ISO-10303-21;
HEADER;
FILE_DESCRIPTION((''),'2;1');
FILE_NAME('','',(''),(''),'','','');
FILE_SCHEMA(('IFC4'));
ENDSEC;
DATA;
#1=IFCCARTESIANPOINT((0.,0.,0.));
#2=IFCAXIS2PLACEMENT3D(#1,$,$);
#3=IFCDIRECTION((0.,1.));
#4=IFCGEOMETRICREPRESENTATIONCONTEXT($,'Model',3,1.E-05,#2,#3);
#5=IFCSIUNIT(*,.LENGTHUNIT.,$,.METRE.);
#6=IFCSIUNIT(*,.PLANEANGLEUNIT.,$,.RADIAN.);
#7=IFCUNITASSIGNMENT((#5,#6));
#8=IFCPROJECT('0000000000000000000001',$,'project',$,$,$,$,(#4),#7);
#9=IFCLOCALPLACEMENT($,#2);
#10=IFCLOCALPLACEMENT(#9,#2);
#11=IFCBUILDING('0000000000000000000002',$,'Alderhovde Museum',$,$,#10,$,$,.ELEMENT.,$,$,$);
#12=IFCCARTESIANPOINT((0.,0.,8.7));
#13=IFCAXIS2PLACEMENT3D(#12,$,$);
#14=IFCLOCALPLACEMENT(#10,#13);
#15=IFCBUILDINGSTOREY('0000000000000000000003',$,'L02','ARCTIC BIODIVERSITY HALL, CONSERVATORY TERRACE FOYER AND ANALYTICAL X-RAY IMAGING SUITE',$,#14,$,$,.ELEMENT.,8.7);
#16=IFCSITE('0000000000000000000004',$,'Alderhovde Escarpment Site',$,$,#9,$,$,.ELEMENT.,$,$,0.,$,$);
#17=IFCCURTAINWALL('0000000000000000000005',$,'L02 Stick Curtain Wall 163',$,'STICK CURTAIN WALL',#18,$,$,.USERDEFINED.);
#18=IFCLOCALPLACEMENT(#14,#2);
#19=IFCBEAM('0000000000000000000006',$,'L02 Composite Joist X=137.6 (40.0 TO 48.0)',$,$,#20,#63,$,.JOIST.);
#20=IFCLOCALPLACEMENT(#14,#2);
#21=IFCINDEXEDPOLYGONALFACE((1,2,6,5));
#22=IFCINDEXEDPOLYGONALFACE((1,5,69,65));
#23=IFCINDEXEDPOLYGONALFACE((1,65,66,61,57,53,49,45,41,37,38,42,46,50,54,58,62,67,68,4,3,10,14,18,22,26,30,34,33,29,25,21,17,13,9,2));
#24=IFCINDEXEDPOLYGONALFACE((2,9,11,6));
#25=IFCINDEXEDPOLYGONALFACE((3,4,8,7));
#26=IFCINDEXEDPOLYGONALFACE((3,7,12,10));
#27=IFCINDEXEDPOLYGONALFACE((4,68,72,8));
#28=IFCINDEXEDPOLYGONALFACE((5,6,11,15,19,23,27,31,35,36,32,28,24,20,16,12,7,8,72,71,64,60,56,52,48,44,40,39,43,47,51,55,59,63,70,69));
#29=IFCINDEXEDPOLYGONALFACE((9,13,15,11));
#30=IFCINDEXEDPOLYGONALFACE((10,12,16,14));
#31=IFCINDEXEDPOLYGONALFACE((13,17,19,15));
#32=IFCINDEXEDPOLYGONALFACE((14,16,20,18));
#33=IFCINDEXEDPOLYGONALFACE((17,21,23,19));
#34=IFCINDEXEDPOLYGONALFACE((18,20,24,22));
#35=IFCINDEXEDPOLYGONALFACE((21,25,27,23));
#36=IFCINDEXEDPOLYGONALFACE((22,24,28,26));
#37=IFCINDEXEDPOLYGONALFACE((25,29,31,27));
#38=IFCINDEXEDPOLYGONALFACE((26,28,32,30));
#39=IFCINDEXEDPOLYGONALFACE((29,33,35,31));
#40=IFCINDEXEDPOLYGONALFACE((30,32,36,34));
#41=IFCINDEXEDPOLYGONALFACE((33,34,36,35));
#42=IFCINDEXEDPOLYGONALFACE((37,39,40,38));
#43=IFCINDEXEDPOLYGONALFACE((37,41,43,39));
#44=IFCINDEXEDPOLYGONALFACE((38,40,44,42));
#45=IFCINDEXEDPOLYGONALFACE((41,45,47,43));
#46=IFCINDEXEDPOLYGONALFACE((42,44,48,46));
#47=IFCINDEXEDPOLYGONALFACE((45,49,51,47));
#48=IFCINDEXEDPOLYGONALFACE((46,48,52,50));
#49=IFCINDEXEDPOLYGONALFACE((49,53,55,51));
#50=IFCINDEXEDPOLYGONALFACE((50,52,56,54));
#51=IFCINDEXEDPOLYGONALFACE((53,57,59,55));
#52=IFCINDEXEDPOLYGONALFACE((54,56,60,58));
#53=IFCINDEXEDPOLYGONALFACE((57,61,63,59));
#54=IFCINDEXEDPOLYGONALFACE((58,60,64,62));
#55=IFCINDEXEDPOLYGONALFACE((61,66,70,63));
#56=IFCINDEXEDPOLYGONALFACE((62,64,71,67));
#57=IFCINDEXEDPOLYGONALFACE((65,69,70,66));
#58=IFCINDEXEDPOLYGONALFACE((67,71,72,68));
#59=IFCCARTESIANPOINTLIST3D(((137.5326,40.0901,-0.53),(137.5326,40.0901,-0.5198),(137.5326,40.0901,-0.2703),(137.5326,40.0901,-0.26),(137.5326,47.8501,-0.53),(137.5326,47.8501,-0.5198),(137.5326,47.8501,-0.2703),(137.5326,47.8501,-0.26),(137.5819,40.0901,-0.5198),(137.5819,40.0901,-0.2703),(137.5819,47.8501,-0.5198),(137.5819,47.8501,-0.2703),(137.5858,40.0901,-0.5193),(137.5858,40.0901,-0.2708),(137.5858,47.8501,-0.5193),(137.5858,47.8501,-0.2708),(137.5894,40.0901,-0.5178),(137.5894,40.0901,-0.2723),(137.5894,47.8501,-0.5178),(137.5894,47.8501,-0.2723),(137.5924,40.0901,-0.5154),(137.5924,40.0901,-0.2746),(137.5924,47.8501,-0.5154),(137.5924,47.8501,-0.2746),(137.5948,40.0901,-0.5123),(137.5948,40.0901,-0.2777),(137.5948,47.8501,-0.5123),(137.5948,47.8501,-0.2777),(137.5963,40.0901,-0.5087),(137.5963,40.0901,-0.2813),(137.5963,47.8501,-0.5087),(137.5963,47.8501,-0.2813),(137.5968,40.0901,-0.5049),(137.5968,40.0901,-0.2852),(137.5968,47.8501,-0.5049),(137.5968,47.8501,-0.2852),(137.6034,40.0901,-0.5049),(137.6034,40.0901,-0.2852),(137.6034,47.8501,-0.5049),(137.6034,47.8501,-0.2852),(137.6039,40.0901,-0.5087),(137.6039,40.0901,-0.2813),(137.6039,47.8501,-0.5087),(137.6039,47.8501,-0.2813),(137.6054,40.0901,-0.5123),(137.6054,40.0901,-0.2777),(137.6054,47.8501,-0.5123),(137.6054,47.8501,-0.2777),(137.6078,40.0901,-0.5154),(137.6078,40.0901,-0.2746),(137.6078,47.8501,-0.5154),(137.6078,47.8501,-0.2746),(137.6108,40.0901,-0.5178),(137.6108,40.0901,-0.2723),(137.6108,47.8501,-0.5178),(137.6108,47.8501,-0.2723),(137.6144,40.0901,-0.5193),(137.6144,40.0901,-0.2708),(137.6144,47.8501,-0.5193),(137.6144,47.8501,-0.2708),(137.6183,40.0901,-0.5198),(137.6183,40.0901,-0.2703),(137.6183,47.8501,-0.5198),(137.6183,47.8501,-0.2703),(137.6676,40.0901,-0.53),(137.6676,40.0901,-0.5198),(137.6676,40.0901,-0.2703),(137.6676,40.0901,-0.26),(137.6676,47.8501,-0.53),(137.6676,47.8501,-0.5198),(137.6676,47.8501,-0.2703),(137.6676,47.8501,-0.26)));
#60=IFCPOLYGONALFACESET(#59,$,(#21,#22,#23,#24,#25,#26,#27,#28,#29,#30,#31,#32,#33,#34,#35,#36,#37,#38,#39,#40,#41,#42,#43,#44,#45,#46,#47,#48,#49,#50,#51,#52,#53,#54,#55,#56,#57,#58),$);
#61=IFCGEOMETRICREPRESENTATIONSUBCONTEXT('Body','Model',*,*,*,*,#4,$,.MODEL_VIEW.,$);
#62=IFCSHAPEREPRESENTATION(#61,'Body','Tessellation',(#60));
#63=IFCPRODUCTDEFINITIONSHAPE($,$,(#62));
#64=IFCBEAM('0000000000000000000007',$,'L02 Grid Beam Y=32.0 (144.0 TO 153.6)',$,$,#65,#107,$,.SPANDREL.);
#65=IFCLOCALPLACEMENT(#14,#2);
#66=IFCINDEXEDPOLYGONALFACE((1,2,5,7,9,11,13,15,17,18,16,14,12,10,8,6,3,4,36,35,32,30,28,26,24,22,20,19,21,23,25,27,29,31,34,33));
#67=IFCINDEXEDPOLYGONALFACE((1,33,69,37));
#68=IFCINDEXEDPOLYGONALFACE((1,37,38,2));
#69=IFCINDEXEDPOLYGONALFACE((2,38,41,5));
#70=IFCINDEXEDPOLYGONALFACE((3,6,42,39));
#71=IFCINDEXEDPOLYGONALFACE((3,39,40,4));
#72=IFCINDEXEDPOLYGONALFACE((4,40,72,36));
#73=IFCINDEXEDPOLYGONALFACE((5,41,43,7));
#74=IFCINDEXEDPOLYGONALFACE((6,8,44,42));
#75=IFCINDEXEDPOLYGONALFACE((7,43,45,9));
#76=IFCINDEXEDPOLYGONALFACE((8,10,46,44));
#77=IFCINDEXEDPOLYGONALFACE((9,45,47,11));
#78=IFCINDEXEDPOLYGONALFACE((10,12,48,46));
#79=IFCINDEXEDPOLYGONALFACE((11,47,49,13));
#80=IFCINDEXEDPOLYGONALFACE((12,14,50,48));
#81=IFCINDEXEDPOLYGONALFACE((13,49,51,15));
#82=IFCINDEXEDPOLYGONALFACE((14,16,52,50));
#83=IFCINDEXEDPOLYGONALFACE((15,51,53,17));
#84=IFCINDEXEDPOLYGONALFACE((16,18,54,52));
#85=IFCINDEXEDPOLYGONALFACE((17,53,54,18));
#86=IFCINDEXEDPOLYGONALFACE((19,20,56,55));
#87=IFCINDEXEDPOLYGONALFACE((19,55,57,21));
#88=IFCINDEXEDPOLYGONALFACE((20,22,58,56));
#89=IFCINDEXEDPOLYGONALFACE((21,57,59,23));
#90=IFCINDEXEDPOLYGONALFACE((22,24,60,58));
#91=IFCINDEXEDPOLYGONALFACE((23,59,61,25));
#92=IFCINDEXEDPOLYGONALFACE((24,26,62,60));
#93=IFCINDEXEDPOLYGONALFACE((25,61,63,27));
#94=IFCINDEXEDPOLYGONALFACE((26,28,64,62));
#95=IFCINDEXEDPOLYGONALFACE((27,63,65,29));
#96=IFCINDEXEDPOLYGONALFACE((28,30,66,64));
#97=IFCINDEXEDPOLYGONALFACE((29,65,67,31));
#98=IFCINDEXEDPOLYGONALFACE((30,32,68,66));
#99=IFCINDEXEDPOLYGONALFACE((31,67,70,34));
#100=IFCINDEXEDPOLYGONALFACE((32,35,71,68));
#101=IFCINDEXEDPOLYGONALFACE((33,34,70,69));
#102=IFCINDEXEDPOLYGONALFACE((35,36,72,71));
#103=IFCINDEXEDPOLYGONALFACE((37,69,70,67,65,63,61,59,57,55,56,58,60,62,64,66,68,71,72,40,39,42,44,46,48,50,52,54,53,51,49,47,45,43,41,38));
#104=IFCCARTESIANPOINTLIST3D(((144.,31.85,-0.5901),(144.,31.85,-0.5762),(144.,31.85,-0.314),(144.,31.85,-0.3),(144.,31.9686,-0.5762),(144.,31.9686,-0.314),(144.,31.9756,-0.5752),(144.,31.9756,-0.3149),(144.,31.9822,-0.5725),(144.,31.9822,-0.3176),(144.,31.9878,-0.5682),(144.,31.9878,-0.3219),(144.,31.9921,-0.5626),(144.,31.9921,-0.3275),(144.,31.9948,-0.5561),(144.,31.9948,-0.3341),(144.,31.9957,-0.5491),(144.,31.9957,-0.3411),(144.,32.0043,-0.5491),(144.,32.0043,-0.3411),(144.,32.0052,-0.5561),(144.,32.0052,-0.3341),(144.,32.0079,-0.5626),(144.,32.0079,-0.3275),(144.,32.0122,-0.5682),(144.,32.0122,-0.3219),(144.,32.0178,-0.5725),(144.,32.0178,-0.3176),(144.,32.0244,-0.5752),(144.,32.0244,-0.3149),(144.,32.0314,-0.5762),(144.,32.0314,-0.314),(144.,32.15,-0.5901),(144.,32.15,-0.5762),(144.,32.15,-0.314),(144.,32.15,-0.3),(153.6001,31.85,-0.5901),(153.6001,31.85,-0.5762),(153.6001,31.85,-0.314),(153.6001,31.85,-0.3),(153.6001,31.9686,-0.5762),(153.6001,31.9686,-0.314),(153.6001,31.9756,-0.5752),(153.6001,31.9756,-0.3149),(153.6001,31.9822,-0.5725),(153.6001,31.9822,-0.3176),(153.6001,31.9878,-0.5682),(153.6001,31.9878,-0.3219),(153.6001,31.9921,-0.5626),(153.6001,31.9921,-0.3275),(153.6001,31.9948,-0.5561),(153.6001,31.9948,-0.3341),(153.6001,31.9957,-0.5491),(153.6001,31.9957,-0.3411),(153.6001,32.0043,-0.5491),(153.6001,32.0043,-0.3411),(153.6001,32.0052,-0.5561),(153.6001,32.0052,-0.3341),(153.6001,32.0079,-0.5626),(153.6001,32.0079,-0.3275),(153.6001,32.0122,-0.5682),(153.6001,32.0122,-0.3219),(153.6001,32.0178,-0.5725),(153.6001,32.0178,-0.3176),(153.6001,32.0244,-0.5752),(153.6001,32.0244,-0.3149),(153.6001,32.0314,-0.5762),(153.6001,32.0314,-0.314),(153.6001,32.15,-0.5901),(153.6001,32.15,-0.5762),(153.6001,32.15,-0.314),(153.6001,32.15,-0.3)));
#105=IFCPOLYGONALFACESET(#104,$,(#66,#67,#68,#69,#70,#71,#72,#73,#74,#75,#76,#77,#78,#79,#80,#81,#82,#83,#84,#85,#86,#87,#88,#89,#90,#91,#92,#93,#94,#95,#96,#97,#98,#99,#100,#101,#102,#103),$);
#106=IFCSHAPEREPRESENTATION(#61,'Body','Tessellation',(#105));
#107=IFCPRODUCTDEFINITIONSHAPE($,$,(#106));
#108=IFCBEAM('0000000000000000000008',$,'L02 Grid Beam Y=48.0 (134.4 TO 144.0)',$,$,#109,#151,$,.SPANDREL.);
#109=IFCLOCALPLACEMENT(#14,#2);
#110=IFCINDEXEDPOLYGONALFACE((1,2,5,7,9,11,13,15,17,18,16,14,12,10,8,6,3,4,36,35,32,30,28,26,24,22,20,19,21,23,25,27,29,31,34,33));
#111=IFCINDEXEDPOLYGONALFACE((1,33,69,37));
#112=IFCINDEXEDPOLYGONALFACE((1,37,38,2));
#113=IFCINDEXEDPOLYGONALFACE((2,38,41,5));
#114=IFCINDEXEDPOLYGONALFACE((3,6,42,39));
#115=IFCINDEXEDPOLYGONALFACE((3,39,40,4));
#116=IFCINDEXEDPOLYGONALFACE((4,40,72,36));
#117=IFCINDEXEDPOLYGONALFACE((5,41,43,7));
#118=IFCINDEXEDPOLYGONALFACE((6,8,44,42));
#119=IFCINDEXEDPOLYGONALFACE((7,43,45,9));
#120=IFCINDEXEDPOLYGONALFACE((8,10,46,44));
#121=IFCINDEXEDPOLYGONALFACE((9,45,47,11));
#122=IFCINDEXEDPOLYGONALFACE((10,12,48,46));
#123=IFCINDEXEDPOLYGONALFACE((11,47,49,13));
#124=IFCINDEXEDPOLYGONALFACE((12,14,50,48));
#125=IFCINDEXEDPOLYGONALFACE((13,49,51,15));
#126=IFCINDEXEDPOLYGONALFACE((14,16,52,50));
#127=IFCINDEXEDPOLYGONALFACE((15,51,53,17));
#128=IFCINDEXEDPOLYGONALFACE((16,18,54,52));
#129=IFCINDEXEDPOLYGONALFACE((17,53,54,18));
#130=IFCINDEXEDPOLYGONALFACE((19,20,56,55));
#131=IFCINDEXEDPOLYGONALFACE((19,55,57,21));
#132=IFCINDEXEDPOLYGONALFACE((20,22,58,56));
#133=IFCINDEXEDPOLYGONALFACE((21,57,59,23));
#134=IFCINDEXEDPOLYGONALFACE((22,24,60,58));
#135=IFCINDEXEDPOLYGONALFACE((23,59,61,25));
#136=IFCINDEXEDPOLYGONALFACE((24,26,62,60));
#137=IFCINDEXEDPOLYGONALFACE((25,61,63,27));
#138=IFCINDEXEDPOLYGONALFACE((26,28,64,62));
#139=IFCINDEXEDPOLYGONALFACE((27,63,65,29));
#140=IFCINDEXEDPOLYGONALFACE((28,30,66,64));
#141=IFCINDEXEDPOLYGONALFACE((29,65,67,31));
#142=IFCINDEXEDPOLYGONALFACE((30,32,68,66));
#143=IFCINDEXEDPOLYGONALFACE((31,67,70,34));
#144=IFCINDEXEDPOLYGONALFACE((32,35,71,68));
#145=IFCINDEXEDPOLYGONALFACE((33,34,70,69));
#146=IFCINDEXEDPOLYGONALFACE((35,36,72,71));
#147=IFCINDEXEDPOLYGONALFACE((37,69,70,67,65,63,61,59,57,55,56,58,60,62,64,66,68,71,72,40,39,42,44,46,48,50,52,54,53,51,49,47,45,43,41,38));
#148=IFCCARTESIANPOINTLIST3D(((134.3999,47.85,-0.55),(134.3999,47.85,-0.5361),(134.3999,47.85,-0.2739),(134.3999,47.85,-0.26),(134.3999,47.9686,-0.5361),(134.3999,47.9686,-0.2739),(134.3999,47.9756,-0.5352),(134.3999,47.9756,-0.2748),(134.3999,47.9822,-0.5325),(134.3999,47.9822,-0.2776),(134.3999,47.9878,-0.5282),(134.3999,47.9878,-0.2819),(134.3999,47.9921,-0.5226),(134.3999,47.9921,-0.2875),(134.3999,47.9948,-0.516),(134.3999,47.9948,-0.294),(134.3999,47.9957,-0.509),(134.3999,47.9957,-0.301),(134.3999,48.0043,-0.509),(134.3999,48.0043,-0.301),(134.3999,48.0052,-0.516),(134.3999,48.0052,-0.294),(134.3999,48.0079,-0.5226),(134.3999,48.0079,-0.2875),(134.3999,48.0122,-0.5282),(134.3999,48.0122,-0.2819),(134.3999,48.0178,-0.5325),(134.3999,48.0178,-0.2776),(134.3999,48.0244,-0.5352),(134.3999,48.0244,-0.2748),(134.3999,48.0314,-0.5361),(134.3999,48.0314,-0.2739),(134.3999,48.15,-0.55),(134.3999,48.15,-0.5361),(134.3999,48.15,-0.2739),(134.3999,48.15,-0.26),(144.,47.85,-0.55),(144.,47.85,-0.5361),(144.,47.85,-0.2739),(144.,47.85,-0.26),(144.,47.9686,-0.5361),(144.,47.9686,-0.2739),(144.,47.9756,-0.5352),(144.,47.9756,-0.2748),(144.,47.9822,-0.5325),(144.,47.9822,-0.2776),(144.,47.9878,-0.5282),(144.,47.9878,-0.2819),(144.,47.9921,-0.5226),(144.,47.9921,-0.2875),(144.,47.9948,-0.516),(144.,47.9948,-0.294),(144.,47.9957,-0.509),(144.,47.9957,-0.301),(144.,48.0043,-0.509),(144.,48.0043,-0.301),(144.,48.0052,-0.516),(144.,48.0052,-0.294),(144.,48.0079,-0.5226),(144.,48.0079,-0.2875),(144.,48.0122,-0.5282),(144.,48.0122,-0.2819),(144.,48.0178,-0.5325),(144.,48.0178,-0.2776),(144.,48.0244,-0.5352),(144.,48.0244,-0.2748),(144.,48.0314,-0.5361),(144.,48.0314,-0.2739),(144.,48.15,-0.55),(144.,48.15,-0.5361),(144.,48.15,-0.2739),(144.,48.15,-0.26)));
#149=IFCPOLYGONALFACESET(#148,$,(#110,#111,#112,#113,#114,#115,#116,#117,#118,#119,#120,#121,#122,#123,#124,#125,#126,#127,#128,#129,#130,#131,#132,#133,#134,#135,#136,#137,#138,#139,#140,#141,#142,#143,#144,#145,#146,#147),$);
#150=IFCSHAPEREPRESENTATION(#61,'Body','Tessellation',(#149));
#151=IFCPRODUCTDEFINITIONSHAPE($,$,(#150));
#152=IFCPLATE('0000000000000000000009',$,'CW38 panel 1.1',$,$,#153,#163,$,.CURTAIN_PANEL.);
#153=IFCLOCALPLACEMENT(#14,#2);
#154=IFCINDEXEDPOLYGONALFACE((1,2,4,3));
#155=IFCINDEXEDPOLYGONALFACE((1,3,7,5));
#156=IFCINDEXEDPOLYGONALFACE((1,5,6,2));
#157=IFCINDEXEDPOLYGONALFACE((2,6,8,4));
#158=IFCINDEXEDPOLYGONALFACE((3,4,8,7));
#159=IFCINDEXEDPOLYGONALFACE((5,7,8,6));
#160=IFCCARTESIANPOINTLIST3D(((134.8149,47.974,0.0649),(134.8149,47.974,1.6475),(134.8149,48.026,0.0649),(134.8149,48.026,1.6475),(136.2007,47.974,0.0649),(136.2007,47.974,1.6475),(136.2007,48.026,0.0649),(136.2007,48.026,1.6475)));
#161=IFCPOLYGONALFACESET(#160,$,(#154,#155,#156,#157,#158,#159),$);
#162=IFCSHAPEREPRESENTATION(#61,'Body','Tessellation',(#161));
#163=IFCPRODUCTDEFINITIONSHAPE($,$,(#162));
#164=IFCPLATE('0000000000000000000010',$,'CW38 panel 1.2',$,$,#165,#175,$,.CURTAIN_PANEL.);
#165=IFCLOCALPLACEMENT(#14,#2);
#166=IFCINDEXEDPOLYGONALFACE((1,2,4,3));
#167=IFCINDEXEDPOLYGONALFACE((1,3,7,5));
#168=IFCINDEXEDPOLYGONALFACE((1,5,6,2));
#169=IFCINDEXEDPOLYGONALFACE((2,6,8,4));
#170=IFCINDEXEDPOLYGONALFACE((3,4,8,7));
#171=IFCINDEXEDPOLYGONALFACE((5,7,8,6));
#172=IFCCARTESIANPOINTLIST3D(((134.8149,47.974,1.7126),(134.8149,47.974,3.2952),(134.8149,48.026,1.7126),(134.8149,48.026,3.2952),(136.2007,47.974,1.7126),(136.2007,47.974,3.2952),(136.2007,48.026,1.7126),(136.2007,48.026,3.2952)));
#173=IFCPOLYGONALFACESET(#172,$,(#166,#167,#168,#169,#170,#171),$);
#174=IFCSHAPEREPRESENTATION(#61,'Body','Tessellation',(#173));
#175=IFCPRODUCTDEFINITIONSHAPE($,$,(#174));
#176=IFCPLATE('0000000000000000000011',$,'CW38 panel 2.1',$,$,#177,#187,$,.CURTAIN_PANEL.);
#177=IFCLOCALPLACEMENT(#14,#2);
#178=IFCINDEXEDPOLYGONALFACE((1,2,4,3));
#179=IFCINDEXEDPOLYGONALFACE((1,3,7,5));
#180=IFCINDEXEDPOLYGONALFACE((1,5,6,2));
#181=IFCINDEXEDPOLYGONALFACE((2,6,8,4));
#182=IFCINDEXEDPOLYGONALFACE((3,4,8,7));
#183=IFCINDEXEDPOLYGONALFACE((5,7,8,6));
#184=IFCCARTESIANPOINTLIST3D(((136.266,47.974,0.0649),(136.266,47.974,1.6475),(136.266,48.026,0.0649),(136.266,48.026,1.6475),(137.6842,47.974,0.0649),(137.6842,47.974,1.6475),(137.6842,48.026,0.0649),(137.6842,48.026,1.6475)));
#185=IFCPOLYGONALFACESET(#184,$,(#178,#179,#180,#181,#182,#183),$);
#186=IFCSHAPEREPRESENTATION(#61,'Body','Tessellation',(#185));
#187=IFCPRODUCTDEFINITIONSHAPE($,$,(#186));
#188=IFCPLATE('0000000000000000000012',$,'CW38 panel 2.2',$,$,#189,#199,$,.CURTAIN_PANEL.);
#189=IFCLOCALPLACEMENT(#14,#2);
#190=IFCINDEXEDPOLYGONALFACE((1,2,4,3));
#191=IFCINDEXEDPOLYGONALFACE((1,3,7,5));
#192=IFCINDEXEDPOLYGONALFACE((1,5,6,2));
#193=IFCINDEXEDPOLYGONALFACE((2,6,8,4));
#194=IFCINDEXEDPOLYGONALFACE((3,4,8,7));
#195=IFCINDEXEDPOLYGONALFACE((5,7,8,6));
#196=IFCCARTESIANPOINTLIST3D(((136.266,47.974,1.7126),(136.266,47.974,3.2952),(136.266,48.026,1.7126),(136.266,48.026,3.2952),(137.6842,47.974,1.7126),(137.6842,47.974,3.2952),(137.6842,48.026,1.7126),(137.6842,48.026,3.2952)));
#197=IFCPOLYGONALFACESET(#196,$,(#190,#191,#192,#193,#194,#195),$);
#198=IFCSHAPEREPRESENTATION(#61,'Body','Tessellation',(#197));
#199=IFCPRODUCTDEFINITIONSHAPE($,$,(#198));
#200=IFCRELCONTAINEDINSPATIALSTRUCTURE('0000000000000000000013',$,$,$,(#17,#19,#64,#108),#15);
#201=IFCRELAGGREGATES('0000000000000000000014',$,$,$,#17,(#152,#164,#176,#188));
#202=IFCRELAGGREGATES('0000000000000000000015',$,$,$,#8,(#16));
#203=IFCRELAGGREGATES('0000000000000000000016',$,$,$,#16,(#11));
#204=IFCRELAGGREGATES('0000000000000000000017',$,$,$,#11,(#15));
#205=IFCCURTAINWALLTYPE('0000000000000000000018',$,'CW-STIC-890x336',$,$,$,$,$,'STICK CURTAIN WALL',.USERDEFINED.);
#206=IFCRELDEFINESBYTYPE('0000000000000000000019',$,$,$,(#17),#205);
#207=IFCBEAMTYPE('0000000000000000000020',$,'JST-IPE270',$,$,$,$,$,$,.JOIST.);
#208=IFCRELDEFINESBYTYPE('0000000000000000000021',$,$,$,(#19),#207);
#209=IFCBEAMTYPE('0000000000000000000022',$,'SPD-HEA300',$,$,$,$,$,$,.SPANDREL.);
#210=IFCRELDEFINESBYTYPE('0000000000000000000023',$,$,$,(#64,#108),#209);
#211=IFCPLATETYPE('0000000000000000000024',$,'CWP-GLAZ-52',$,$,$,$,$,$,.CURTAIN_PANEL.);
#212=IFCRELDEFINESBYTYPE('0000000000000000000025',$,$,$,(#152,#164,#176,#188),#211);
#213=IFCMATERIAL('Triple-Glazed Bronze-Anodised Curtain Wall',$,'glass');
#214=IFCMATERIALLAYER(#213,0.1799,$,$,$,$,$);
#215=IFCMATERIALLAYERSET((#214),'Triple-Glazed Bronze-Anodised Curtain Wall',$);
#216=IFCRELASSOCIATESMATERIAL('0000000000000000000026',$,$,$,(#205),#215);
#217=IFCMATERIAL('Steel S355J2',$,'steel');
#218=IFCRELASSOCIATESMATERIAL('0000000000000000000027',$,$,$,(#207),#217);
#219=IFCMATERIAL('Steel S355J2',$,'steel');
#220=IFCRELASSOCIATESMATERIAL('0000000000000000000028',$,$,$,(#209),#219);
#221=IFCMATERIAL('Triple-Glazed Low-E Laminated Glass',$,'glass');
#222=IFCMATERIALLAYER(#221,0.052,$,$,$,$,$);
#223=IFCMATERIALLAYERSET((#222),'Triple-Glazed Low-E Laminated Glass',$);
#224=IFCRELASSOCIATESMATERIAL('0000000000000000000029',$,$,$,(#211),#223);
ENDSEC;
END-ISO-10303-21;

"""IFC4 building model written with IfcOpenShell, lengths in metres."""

from ifc_helpers import new_model, si_unit, direction, frame, origin, origin_2d, place, context, subcontext, project, spatial, rectangle, i_section, extrude, material, layer, layer_set, material_profile, profile_set, type_object, element, aggregate, save


model = new_model("IFC4")

# Units and contexts
model_context = context("Model", 3, precision=1e-05, world=origin(), true_north=direction((0.0, 1.0)))
body_context = subcontext(model_context, "Body", "Model", "MODEL_VIEW")
ifc_project = project(units=[si_unit("LENGTHUNIT", "METRE"), si_unit("PLANEANGLEUNIT", "RADIAN")], contexts=[model_context])

# Site, building, storey
site_placement = place(None, origin())
site = spatial("IfcSite", under=ifc_project, at=site_placement, Name="Alderhovde Escarpment Site", CompositionType="ELEMENT", RefElevation=0.0)
building_placement = place(site_placement, origin())
building = spatial("IfcBuilding", under=site, at=building_placement, Name="Alderhovde Museum", CompositionType="ELEMENT")
storey_placement = place(building_placement, frame((0.0, 0.0, 8.7)))
storey = spatial("IfcBuildingStorey", under=building, at=storey_placement, Name="L02", Description="ARCTIC BIODIVERSITY HALL, CONSERVATORY TERRACE FOYER AND ANALYTICAL X-RAY IMAGING SUITE", CompositionType="ELEMENT", Elevation=8.7)

# Curtain wall
ifc_material_1 = material(Name="Triple-Glazed Bronze-Anodised Curtain Wall", Category="glass")
ifc_layer_1 = layer(ifc_material_1, 0.1799)
ifc_layer_set_1 = layer_set([ifc_layer_1], Name="Triple-Glazed Bronze-Anodised Curtain Wall")
curtain_wall_type = type_object("IfcCurtainWallType", Name="CW-STIC-890x336", ElementType="STICK CURTAIN WALL", PredefinedType="USERDEFINED", material=ifc_layer_set_1)
curtain_wall_placement = place(storey_placement, origin())
curtain_wall = element("IfcCurtainWall", 1, at=curtain_wall_placement, inside=storey, type_object=curtain_wall_type, Name="L02 Stick Curtain Wall 163", ObjectType="STICK CURTAIN WALL", PredefinedType="USERDEFINED")

# Beams
ifc_material_2 = material(Name="Steel S355J2", Category="steel")
ifc_material_profile_1 = material_profile(ifc_material_2, i_section(OverallWidth=0.135, OverallDepth=0.27, WebThickness=0.0066, FlangeThickness=0.0103, FilletRadius=0.0149, at=origin_2d()), Name="IPE 270")
ifc_profile_set_1 = profile_set([ifc_material_profile_1], Name="Steel S355J2")
beam_type_1 = type_object("IfcBeamType", Name="JST-IPE270", PredefinedType="JOIST", material=ifc_profile_set_1)
for number, where, z_axis, x_axis, name in (
    (2, (137.6001, 40.0901, -0.395), (0.0, 1.0, 0.0), (-1.0, 0.0, 0.0), "L02 Composite Joist X=137.6 (40.0 TO 48.0)"),
):
    element("IfcBeam", number, at=place(storey_placement, frame(where, z_axis=z_axis, x_axis=x_axis)), inside=storey, type_object=beam_type_1, Name=name, PredefinedType="JOIST", context=body_context, shape_type="SweptSolid", body=[
        extrude(i_section(OverallWidth=0.135, OverallDepth=0.27, WebThickness=0.0066, FlangeThickness=0.0103, FilletRadius=0.0149, at=origin_2d()), origin(), (0.0, 0.0, 1.0), 7.76),
    ])
ifc_material_3 = material(Name="Steel S355J2", Category="steel")
ifc_material_profile_2 = material_profile(ifc_material_3, i_section(OverallWidth=0.3, OverallDepth=0.29, WebThickness=0.0085, FlangeThickness=0.0139, FilletRadius=0.0271, at=origin_2d()), Name="HEA 300")
ifc_profile_set_2 = profile_set([ifc_material_profile_2], Name="Steel S355J2")
beam_type_2 = type_object("IfcBeamType", Name="SPD-HEA300", PredefinedType="SPANDREL", material=ifc_profile_set_2)
for number, where, z_axis, x_axis, name in (
    (3, (144.0, 32.0, -0.4451), (1.0, 0.0, 0.0), (0.0, 1.0, 0.0), "L02 Grid Beam Y=32.0 (144.0 TO 153.6)"),
    (4, (134.3999, 48.0, -0.405), (1.0, 0.0, 0.0), (0.0, 1.0, 0.0), "L02 Grid Beam Y=48.0 (134.4 TO 144.0)"),
):
    element("IfcBeam", number, at=place(storey_placement, frame(where, z_axis=z_axis, x_axis=x_axis)), inside=storey, type_object=beam_type_2, Name=name, PredefinedType="SPANDREL", context=body_context, shape_type="SweptSolid", body=[
        extrude(i_section(OverallWidth=0.3, OverallDepth=0.29, WebThickness=0.0085, FlangeThickness=0.0139, FilletRadius=0.0271, at=origin_2d()), origin(), (0.0, 0.0, 1.0), 9.6001),
    ])

# Plates
ifc_material_4 = material(Name="Triple-Glazed Low-E Laminated Glass", Category="glass")
ifc_layer_2 = layer(ifc_material_4, 0.052)
ifc_layer_set_2 = layer_set([ifc_layer_2], Name="Triple-Glazed Low-E Laminated Glass")
plate_type = type_object("IfcPlateType", Name="CWP-GLAZ-52", PredefinedType="CURTAIN_PANEL", material=ifc_layer_set_2)
plate_1_placement = place(storey_placement, frame((135.5078, 48.0, 0.0649), z_axis=(0.0, 0.0, 1.0), x_axis=(1.0, 0.0, 0.0)))
plate_1 = element("IfcPlate", 5, at=plate_1_placement, type_object=plate_type, Name="CW38 panel 1.1", PredefinedType="CURTAIN_PANEL", context=body_context, shape_type="SweptSolid", body=[
    extrude(rectangle(XDim=1.3857, YDim=0.052, at=origin_2d()), origin(), (0.0, 0.0, 1.0), 1.5825),
])
plate_2_placement = place(storey_placement, frame((135.5078, 48.0, 1.7126), z_axis=(0.0, 0.0, 1.0), x_axis=(1.0, 0.0, 0.0)))
plate_2 = element("IfcPlate", 6, at=plate_2_placement, type_object=plate_type, Name="CW38 panel 1.2", PredefinedType="CURTAIN_PANEL", context=body_context, shape_type="SweptSolid", body=[
    extrude(rectangle(XDim=1.3857, YDim=0.052, at=origin_2d()), origin(), (0.0, 0.0, 1.0), 1.5825),
])
plate_3_placement = place(storey_placement, frame((136.9751, 48.0, 0.0649), z_axis=(0.0, 0.0, 1.0), x_axis=(1.0, 0.0, 0.0)))
plate_3 = element("IfcPlate", 7, at=plate_3_placement, type_object=plate_type, Name="CW38 panel 2.1", PredefinedType="CURTAIN_PANEL", context=body_context, shape_type="SweptSolid", body=[
    extrude(rectangle(XDim=1.4182, YDim=0.052, at=origin_2d()), origin(), (0.0, 0.0, 1.0), 1.5825),
])
plate_4_placement = place(storey_placement, frame((136.9751, 48.0, 1.7126), z_axis=(0.0, 0.0, 1.0), x_axis=(1.0, 0.0, 0.0)))
plate_4 = element("IfcPlate", 8, at=plate_4_placement, type_object=plate_type, Name="CW38 panel 2.2", PredefinedType="CURTAIN_PANEL", context=body_context, shape_type="SweptSolid", body=[
    extrude(rectangle(XDim=1.4182, YDim=0.052, at=origin_2d()), origin(), (0.0, 0.0, 1.0), 1.5825),
])
aggregate(curtain_wall, [plate_1, plate_2, plate_3, plate_4])

save(model, "model.ifc")
